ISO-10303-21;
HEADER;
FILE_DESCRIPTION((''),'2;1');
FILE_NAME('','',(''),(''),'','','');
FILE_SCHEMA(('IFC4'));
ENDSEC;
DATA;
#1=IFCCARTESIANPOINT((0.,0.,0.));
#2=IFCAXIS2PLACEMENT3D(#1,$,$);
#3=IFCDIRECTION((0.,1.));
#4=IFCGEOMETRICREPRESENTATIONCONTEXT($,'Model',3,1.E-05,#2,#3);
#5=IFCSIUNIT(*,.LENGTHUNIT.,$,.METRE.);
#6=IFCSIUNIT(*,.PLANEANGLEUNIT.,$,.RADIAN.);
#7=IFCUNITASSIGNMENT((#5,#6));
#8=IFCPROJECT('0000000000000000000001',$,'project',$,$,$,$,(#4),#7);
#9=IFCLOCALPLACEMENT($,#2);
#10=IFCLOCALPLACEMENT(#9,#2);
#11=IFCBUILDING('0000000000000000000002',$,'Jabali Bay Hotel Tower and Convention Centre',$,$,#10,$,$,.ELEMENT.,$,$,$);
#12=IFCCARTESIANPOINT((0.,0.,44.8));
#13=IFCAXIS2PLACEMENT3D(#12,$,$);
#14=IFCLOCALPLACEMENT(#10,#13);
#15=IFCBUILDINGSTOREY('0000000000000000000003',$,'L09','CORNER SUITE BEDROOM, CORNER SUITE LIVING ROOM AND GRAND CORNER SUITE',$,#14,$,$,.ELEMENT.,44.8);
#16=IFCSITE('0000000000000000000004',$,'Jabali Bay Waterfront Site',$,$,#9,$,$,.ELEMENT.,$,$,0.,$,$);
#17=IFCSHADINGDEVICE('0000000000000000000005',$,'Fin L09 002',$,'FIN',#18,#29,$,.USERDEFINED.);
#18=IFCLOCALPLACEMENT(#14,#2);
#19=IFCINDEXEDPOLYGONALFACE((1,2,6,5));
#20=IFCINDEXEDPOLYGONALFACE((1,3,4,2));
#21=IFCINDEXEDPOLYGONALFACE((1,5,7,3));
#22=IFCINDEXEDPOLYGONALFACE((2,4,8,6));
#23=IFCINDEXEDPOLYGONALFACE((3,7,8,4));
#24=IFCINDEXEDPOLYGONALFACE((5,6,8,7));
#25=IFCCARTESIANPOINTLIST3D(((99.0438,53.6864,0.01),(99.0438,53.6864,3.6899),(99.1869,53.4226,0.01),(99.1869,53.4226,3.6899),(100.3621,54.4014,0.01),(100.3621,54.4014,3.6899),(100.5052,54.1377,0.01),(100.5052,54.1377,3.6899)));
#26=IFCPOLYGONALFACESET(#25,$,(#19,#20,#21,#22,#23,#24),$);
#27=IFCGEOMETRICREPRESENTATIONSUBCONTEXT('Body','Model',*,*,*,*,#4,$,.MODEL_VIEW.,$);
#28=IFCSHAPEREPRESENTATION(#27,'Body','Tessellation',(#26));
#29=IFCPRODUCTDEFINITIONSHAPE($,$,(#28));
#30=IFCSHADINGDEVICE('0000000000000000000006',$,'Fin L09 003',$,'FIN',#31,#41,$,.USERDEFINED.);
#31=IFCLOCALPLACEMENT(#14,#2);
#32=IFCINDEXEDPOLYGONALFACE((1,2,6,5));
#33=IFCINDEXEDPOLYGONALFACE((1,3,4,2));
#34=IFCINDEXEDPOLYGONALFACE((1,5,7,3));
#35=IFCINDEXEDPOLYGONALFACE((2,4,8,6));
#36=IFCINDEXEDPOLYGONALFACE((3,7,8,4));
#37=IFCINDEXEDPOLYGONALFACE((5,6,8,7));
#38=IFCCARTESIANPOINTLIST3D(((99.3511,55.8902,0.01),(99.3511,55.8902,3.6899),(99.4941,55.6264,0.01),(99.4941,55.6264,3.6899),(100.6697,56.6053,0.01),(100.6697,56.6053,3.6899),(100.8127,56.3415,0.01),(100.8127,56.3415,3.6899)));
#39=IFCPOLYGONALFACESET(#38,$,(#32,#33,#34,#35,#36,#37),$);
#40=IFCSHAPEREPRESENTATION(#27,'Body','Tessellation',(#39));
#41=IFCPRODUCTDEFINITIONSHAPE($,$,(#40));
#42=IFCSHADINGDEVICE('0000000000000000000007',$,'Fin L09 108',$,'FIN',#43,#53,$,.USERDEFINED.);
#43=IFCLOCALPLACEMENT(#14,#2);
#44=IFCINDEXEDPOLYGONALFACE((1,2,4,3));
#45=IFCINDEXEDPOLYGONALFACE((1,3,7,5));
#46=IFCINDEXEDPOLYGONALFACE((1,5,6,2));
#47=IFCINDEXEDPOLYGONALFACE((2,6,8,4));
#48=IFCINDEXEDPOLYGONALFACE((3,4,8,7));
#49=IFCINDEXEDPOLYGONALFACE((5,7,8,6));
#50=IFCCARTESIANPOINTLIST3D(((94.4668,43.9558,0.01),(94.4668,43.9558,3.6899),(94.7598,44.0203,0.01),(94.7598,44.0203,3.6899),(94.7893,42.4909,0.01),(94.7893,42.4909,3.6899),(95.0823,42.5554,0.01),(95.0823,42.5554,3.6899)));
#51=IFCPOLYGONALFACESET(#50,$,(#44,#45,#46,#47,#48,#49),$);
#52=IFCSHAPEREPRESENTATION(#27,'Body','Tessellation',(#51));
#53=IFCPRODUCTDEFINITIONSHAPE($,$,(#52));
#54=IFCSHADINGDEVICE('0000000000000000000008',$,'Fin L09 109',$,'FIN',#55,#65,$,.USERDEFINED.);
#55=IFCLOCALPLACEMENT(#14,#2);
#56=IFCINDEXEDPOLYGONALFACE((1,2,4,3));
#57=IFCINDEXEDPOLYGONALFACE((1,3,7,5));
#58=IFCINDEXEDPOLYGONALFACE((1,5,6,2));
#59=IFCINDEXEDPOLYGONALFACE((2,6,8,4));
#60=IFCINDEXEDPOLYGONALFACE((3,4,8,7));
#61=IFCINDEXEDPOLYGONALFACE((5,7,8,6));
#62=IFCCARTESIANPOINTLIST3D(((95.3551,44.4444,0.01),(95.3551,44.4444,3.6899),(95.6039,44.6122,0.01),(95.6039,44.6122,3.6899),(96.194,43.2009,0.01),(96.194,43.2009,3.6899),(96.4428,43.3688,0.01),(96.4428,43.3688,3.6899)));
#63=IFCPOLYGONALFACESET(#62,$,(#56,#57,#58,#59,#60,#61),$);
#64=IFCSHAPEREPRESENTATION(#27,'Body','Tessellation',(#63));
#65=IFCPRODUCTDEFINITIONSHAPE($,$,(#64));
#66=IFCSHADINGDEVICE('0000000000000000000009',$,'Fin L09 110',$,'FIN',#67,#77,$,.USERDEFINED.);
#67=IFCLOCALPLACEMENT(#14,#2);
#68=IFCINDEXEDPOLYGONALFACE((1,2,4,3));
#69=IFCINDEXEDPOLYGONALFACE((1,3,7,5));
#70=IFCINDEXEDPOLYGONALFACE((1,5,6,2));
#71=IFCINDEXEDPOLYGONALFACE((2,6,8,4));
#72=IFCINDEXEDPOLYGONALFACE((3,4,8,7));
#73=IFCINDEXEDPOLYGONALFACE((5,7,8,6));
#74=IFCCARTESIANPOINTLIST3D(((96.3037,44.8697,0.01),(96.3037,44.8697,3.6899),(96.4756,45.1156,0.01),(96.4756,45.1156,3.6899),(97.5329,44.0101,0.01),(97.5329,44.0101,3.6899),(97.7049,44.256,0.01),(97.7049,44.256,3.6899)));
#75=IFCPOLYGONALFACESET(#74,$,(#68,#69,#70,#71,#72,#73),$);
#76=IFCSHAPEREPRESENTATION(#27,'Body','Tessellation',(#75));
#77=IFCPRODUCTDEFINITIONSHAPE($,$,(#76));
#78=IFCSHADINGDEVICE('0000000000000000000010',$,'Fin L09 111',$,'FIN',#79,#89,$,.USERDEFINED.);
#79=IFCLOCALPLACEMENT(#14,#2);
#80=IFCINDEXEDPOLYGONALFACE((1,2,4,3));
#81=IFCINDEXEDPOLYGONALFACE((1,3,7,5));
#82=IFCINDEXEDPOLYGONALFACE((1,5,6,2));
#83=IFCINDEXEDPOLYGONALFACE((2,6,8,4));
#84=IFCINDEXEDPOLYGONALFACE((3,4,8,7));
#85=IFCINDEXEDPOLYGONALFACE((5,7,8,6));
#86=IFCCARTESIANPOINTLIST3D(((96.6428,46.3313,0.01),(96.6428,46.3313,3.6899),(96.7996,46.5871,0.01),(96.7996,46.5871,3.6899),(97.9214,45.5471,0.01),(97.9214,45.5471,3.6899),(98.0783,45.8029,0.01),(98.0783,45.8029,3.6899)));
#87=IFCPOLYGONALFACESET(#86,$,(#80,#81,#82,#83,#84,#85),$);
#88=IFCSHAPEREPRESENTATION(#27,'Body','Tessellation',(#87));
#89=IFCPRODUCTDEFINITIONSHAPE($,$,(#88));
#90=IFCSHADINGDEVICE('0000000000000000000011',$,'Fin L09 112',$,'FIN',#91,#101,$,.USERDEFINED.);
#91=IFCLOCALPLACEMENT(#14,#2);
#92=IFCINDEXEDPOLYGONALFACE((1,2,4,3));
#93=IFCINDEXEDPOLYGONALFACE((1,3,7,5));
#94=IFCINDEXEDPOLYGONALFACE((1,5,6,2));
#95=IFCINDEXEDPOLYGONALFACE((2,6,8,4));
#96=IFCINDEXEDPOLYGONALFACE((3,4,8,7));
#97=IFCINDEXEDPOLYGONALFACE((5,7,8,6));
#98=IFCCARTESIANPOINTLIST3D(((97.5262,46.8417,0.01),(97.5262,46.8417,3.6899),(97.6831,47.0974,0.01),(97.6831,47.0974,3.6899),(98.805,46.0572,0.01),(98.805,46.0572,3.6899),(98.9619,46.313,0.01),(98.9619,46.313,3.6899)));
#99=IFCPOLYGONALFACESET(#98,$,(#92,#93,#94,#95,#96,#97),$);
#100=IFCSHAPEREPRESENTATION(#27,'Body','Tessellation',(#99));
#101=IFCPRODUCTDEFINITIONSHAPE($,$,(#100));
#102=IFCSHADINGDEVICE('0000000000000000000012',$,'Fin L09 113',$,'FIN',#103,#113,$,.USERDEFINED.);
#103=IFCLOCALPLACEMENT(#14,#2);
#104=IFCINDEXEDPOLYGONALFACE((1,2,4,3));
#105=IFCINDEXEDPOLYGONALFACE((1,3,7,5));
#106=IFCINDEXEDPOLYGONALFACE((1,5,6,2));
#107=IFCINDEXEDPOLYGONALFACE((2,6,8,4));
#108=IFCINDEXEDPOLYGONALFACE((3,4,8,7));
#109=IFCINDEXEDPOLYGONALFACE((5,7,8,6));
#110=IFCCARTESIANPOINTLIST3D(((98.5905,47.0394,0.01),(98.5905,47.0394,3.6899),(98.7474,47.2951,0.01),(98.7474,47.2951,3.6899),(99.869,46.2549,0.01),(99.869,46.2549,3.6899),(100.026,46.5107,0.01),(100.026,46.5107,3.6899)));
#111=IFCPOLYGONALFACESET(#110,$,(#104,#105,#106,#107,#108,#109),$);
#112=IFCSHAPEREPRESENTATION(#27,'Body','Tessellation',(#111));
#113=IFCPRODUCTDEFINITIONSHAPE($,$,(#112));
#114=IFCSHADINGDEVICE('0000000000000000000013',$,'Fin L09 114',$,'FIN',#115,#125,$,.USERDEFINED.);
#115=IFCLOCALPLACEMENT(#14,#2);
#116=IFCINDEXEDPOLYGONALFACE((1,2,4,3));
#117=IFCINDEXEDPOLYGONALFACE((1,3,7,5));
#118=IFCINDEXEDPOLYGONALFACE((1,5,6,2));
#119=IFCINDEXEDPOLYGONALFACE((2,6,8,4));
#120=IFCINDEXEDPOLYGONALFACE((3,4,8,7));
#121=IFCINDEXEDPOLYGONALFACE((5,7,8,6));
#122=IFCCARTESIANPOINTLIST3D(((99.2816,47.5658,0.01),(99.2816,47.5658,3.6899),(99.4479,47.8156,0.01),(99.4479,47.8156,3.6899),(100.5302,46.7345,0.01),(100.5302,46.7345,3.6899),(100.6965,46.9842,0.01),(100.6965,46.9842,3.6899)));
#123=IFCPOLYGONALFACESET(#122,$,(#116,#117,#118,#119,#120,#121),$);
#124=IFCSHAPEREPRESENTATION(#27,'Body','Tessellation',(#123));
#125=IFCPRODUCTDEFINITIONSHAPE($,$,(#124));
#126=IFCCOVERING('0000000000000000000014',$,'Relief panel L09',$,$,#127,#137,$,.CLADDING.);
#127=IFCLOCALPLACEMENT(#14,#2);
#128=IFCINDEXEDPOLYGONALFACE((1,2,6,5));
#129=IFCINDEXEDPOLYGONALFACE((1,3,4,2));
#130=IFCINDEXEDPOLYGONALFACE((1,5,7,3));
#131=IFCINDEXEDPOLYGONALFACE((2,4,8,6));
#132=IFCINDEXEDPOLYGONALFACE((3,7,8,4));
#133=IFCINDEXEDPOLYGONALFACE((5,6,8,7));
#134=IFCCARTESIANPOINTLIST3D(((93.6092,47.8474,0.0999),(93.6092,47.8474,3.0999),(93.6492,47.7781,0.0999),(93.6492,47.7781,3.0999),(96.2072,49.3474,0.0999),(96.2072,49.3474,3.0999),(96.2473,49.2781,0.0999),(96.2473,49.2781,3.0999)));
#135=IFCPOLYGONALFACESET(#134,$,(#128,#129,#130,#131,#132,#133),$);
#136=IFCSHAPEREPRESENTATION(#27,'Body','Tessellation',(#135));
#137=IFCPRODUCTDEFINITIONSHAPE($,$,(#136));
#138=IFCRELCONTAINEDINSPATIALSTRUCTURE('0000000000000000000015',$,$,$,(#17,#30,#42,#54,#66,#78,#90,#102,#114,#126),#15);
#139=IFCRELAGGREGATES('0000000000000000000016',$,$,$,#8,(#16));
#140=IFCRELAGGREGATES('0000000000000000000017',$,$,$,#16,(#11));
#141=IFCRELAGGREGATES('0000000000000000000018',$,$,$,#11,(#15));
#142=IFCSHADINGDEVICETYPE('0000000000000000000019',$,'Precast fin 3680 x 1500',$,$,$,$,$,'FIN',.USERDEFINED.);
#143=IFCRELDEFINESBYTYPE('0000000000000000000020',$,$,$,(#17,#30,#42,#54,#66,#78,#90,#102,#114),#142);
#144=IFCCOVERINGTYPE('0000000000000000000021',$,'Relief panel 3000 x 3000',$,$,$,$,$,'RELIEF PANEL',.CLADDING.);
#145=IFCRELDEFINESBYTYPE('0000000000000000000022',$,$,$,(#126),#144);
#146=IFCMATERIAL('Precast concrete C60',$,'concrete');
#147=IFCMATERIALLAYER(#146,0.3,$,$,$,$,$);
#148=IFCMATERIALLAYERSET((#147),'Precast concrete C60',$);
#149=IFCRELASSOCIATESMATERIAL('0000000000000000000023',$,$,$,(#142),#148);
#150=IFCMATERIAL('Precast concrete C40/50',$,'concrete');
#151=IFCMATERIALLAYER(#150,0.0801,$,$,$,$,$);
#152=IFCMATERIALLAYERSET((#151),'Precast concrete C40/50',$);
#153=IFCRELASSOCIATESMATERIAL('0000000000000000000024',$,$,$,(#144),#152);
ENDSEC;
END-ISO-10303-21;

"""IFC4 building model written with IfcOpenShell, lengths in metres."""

from ifc_helpers import new_model, si_unit, direction, frame, frame_2d, origin, origin_2d, place, context, subcontext, project, spatial, rectangle, extrude, material, layer, layer_set, type_object, element, save


model = new_model("IFC4")

# Units and contexts
model_context = context("Model", 3, precision=1e-05, world=origin(), true_north=direction((0.0, 1.0)))
body_context = subcontext(model_context, "Body", "Model", "MODEL_VIEW")
ifc_project = project(units=[si_unit("LENGTHUNIT", "METRE"), si_unit("PLANEANGLEUNIT", "RADIAN")], contexts=[model_context])

# Site, building, storey
site_placement = place(None, origin())
site = spatial("IfcSite", under=ifc_project, at=site_placement, Name="Jabali Bay Waterfront Site", CompositionType="ELEMENT", RefElevation=0.0)
building_placement = place(site_placement, origin())
building = spatial("IfcBuilding", under=site, at=building_placement, Name="Jabali Bay Hotel Tower and Convention Centre", CompositionType="ELEMENT")
storey_placement = place(building_placement, frame((0.0, 0.0, 44.8)))
storey = spatial("IfcBuildingStorey", under=building, at=storey_placement, Name="L09", Description="CORNER SUITE BEDROOM, CORNER SUITE LIVING ROOM AND GRAND CORNER SUITE", CompositionType="ELEMENT", Elevation=44.8)

# Shading devices
ifc_material_1 = material(Name="Precast concrete C60", Category="concrete")
ifc_layer_1 = layer(ifc_material_1, 0.3)
ifc_layer_set_1 = layer_set([ifc_layer_1], Name="Precast concrete C60")
shading_device_type = type_object("IfcShadingDeviceType", Name="Precast fin 3680 x 1500", ElementType="FIN", PredefinedType="USERDEFINED", material=ifc_layer_set_1)
shading_device_1_placement = place(storey_placement, frame((99.1152, 53.5544, 0.01), z_axis=(0.0, 0.0, 1.0), x_axis=(0.879019, 0.476786, 0.0)))
element("IfcShadingDevice", 1, at=shading_device_1_placement, inside=storey, type_object=shading_device_type, Name="Fin L09 002", ObjectType="FIN", PredefinedType="USERDEFINED", context=body_context, shape_type="SweptSolid", body=[
    extrude(rectangle(XDim=1.4998, YDim=0.3, at=frame_2d((0.75, 0.0))), origin(), (0.0, 0.0, 1.0), 3.6799),
])
for number, where, z_axis, x_axis, name in (
    (2, (99.4226, 55.7583, 0.01), (0.0, 0.0, 1.0), (0.879056, 0.476718, 0.0), "Fin L09 003"),
    (3, (94.6133, 43.988, 0.01), (0.0, 0.0, 1.0), (0.215017, -0.97661, 0.0), "Fin L09 108"),
    (4, (95.4795, 44.5283, 0.01), (0.0, 0.0, 1.0), (0.559274, -0.828983, 0.0), "Fin L09 109"),
    (5, (96.3896, 44.9927, 0.01), (0.0, 0.0, 1.0), (0.819499, -0.57308, 0.0), "Fin L09 110"),
    (6, (96.7212, 46.4592, 0.01), (0.0, 0.0, 1.0), (0.85244, -0.522825, 0.0), "Fin L09 111"),
):
    element("IfcShadingDevice", number, at=place(storey_placement, frame(where, z_axis=z_axis, x_axis=x_axis)), inside=storey, type_object=shading_device_type, Name=name, ObjectType="FIN", PredefinedType="USERDEFINED", context=body_context, shape_type="SweptSolid", body=[
        extrude(rectangle(XDim=1.5, YDim=0.3, at=frame_2d((0.75, 0.0))), origin(), (0.0, 0.0, 1.0), 3.6799),
    ])
shading_device_2_placement = place(storey_placement, frame((97.6047, 46.9695, 0.01), z_axis=(0.0, 0.0, 1.0), x_axis=(0.852412, -0.522871, 0.0)))
element("IfcShadingDevice", 7, at=shading_device_2_placement, inside=storey, type_object=shading_device_type, Name="Fin L09 112", ObjectType="FIN", PredefinedType="USERDEFINED", context=body_context, shape_type="SweptSolid", body=[
    extrude(rectangle(XDim=1.5002, YDim=0.3, at=frame_2d((0.75, 0.0))), origin(), (0.0, 0.0, 1.0), 3.6799),
])
for number, where, z_axis, x_axis, name in (
    (8, (98.6689, 47.1672, 0.01), (0.0, 0.0, 1.0), (0.852367, -0.522944, 0.0), "Fin L09 113"),
    (9, (99.3647, 47.6907, 0.01), (0.0, 0.0, 1.0), (0.832376, -0.554212, 0.0), "Fin L09 114"),
):
    element("IfcShadingDevice", number, at=place(storey_placement, frame(where, z_axis=z_axis, x_axis=x_axis)), inside=storey, type_object=shading_device_type, Name=name, ObjectType="FIN", PredefinedType="USERDEFINED", context=body_context, shape_type="SweptSolid", body=[
        extrude(rectangle(XDim=1.5, YDim=0.3, at=frame_2d((0.75, 0.0))), origin(), (0.0, 0.0, 1.0), 3.6799),
    ])

# Covering
ifc_material_2 = material(Name="Precast concrete C40/50", Category="concrete")
ifc_layer_2 = layer(ifc_material_2, 0.0801)
ifc_layer_set_2 = layer_set([ifc_layer_2], Name="Precast concrete C40/50")
covering_type = type_object("IfcCoveringType", Name="Relief panel 3000 x 3000", ElementType="RELIEF PANEL", PredefinedType="CLADDING", material=ifc_layer_set_2)
covering_placement = place(storey_placement, frame((94.9282, 48.5627, 0.0999), z_axis=(0.0, 0.0, 1.0), x_axis=(-0.866025, -0.5, 0.0)))
element("IfcCovering", 10, at=covering_placement, inside=storey, type_object=covering_type, Name="Relief panel L09", PredefinedType="CLADDING", context=body_context, shape_type="SweptSolid", body=[
    extrude(rectangle(XDim=3.0, YDim=0.0801, at=origin_2d()), origin(), (0.0, 0.0, 1.0), 3.0),
])

save(model, "model.ifc")
